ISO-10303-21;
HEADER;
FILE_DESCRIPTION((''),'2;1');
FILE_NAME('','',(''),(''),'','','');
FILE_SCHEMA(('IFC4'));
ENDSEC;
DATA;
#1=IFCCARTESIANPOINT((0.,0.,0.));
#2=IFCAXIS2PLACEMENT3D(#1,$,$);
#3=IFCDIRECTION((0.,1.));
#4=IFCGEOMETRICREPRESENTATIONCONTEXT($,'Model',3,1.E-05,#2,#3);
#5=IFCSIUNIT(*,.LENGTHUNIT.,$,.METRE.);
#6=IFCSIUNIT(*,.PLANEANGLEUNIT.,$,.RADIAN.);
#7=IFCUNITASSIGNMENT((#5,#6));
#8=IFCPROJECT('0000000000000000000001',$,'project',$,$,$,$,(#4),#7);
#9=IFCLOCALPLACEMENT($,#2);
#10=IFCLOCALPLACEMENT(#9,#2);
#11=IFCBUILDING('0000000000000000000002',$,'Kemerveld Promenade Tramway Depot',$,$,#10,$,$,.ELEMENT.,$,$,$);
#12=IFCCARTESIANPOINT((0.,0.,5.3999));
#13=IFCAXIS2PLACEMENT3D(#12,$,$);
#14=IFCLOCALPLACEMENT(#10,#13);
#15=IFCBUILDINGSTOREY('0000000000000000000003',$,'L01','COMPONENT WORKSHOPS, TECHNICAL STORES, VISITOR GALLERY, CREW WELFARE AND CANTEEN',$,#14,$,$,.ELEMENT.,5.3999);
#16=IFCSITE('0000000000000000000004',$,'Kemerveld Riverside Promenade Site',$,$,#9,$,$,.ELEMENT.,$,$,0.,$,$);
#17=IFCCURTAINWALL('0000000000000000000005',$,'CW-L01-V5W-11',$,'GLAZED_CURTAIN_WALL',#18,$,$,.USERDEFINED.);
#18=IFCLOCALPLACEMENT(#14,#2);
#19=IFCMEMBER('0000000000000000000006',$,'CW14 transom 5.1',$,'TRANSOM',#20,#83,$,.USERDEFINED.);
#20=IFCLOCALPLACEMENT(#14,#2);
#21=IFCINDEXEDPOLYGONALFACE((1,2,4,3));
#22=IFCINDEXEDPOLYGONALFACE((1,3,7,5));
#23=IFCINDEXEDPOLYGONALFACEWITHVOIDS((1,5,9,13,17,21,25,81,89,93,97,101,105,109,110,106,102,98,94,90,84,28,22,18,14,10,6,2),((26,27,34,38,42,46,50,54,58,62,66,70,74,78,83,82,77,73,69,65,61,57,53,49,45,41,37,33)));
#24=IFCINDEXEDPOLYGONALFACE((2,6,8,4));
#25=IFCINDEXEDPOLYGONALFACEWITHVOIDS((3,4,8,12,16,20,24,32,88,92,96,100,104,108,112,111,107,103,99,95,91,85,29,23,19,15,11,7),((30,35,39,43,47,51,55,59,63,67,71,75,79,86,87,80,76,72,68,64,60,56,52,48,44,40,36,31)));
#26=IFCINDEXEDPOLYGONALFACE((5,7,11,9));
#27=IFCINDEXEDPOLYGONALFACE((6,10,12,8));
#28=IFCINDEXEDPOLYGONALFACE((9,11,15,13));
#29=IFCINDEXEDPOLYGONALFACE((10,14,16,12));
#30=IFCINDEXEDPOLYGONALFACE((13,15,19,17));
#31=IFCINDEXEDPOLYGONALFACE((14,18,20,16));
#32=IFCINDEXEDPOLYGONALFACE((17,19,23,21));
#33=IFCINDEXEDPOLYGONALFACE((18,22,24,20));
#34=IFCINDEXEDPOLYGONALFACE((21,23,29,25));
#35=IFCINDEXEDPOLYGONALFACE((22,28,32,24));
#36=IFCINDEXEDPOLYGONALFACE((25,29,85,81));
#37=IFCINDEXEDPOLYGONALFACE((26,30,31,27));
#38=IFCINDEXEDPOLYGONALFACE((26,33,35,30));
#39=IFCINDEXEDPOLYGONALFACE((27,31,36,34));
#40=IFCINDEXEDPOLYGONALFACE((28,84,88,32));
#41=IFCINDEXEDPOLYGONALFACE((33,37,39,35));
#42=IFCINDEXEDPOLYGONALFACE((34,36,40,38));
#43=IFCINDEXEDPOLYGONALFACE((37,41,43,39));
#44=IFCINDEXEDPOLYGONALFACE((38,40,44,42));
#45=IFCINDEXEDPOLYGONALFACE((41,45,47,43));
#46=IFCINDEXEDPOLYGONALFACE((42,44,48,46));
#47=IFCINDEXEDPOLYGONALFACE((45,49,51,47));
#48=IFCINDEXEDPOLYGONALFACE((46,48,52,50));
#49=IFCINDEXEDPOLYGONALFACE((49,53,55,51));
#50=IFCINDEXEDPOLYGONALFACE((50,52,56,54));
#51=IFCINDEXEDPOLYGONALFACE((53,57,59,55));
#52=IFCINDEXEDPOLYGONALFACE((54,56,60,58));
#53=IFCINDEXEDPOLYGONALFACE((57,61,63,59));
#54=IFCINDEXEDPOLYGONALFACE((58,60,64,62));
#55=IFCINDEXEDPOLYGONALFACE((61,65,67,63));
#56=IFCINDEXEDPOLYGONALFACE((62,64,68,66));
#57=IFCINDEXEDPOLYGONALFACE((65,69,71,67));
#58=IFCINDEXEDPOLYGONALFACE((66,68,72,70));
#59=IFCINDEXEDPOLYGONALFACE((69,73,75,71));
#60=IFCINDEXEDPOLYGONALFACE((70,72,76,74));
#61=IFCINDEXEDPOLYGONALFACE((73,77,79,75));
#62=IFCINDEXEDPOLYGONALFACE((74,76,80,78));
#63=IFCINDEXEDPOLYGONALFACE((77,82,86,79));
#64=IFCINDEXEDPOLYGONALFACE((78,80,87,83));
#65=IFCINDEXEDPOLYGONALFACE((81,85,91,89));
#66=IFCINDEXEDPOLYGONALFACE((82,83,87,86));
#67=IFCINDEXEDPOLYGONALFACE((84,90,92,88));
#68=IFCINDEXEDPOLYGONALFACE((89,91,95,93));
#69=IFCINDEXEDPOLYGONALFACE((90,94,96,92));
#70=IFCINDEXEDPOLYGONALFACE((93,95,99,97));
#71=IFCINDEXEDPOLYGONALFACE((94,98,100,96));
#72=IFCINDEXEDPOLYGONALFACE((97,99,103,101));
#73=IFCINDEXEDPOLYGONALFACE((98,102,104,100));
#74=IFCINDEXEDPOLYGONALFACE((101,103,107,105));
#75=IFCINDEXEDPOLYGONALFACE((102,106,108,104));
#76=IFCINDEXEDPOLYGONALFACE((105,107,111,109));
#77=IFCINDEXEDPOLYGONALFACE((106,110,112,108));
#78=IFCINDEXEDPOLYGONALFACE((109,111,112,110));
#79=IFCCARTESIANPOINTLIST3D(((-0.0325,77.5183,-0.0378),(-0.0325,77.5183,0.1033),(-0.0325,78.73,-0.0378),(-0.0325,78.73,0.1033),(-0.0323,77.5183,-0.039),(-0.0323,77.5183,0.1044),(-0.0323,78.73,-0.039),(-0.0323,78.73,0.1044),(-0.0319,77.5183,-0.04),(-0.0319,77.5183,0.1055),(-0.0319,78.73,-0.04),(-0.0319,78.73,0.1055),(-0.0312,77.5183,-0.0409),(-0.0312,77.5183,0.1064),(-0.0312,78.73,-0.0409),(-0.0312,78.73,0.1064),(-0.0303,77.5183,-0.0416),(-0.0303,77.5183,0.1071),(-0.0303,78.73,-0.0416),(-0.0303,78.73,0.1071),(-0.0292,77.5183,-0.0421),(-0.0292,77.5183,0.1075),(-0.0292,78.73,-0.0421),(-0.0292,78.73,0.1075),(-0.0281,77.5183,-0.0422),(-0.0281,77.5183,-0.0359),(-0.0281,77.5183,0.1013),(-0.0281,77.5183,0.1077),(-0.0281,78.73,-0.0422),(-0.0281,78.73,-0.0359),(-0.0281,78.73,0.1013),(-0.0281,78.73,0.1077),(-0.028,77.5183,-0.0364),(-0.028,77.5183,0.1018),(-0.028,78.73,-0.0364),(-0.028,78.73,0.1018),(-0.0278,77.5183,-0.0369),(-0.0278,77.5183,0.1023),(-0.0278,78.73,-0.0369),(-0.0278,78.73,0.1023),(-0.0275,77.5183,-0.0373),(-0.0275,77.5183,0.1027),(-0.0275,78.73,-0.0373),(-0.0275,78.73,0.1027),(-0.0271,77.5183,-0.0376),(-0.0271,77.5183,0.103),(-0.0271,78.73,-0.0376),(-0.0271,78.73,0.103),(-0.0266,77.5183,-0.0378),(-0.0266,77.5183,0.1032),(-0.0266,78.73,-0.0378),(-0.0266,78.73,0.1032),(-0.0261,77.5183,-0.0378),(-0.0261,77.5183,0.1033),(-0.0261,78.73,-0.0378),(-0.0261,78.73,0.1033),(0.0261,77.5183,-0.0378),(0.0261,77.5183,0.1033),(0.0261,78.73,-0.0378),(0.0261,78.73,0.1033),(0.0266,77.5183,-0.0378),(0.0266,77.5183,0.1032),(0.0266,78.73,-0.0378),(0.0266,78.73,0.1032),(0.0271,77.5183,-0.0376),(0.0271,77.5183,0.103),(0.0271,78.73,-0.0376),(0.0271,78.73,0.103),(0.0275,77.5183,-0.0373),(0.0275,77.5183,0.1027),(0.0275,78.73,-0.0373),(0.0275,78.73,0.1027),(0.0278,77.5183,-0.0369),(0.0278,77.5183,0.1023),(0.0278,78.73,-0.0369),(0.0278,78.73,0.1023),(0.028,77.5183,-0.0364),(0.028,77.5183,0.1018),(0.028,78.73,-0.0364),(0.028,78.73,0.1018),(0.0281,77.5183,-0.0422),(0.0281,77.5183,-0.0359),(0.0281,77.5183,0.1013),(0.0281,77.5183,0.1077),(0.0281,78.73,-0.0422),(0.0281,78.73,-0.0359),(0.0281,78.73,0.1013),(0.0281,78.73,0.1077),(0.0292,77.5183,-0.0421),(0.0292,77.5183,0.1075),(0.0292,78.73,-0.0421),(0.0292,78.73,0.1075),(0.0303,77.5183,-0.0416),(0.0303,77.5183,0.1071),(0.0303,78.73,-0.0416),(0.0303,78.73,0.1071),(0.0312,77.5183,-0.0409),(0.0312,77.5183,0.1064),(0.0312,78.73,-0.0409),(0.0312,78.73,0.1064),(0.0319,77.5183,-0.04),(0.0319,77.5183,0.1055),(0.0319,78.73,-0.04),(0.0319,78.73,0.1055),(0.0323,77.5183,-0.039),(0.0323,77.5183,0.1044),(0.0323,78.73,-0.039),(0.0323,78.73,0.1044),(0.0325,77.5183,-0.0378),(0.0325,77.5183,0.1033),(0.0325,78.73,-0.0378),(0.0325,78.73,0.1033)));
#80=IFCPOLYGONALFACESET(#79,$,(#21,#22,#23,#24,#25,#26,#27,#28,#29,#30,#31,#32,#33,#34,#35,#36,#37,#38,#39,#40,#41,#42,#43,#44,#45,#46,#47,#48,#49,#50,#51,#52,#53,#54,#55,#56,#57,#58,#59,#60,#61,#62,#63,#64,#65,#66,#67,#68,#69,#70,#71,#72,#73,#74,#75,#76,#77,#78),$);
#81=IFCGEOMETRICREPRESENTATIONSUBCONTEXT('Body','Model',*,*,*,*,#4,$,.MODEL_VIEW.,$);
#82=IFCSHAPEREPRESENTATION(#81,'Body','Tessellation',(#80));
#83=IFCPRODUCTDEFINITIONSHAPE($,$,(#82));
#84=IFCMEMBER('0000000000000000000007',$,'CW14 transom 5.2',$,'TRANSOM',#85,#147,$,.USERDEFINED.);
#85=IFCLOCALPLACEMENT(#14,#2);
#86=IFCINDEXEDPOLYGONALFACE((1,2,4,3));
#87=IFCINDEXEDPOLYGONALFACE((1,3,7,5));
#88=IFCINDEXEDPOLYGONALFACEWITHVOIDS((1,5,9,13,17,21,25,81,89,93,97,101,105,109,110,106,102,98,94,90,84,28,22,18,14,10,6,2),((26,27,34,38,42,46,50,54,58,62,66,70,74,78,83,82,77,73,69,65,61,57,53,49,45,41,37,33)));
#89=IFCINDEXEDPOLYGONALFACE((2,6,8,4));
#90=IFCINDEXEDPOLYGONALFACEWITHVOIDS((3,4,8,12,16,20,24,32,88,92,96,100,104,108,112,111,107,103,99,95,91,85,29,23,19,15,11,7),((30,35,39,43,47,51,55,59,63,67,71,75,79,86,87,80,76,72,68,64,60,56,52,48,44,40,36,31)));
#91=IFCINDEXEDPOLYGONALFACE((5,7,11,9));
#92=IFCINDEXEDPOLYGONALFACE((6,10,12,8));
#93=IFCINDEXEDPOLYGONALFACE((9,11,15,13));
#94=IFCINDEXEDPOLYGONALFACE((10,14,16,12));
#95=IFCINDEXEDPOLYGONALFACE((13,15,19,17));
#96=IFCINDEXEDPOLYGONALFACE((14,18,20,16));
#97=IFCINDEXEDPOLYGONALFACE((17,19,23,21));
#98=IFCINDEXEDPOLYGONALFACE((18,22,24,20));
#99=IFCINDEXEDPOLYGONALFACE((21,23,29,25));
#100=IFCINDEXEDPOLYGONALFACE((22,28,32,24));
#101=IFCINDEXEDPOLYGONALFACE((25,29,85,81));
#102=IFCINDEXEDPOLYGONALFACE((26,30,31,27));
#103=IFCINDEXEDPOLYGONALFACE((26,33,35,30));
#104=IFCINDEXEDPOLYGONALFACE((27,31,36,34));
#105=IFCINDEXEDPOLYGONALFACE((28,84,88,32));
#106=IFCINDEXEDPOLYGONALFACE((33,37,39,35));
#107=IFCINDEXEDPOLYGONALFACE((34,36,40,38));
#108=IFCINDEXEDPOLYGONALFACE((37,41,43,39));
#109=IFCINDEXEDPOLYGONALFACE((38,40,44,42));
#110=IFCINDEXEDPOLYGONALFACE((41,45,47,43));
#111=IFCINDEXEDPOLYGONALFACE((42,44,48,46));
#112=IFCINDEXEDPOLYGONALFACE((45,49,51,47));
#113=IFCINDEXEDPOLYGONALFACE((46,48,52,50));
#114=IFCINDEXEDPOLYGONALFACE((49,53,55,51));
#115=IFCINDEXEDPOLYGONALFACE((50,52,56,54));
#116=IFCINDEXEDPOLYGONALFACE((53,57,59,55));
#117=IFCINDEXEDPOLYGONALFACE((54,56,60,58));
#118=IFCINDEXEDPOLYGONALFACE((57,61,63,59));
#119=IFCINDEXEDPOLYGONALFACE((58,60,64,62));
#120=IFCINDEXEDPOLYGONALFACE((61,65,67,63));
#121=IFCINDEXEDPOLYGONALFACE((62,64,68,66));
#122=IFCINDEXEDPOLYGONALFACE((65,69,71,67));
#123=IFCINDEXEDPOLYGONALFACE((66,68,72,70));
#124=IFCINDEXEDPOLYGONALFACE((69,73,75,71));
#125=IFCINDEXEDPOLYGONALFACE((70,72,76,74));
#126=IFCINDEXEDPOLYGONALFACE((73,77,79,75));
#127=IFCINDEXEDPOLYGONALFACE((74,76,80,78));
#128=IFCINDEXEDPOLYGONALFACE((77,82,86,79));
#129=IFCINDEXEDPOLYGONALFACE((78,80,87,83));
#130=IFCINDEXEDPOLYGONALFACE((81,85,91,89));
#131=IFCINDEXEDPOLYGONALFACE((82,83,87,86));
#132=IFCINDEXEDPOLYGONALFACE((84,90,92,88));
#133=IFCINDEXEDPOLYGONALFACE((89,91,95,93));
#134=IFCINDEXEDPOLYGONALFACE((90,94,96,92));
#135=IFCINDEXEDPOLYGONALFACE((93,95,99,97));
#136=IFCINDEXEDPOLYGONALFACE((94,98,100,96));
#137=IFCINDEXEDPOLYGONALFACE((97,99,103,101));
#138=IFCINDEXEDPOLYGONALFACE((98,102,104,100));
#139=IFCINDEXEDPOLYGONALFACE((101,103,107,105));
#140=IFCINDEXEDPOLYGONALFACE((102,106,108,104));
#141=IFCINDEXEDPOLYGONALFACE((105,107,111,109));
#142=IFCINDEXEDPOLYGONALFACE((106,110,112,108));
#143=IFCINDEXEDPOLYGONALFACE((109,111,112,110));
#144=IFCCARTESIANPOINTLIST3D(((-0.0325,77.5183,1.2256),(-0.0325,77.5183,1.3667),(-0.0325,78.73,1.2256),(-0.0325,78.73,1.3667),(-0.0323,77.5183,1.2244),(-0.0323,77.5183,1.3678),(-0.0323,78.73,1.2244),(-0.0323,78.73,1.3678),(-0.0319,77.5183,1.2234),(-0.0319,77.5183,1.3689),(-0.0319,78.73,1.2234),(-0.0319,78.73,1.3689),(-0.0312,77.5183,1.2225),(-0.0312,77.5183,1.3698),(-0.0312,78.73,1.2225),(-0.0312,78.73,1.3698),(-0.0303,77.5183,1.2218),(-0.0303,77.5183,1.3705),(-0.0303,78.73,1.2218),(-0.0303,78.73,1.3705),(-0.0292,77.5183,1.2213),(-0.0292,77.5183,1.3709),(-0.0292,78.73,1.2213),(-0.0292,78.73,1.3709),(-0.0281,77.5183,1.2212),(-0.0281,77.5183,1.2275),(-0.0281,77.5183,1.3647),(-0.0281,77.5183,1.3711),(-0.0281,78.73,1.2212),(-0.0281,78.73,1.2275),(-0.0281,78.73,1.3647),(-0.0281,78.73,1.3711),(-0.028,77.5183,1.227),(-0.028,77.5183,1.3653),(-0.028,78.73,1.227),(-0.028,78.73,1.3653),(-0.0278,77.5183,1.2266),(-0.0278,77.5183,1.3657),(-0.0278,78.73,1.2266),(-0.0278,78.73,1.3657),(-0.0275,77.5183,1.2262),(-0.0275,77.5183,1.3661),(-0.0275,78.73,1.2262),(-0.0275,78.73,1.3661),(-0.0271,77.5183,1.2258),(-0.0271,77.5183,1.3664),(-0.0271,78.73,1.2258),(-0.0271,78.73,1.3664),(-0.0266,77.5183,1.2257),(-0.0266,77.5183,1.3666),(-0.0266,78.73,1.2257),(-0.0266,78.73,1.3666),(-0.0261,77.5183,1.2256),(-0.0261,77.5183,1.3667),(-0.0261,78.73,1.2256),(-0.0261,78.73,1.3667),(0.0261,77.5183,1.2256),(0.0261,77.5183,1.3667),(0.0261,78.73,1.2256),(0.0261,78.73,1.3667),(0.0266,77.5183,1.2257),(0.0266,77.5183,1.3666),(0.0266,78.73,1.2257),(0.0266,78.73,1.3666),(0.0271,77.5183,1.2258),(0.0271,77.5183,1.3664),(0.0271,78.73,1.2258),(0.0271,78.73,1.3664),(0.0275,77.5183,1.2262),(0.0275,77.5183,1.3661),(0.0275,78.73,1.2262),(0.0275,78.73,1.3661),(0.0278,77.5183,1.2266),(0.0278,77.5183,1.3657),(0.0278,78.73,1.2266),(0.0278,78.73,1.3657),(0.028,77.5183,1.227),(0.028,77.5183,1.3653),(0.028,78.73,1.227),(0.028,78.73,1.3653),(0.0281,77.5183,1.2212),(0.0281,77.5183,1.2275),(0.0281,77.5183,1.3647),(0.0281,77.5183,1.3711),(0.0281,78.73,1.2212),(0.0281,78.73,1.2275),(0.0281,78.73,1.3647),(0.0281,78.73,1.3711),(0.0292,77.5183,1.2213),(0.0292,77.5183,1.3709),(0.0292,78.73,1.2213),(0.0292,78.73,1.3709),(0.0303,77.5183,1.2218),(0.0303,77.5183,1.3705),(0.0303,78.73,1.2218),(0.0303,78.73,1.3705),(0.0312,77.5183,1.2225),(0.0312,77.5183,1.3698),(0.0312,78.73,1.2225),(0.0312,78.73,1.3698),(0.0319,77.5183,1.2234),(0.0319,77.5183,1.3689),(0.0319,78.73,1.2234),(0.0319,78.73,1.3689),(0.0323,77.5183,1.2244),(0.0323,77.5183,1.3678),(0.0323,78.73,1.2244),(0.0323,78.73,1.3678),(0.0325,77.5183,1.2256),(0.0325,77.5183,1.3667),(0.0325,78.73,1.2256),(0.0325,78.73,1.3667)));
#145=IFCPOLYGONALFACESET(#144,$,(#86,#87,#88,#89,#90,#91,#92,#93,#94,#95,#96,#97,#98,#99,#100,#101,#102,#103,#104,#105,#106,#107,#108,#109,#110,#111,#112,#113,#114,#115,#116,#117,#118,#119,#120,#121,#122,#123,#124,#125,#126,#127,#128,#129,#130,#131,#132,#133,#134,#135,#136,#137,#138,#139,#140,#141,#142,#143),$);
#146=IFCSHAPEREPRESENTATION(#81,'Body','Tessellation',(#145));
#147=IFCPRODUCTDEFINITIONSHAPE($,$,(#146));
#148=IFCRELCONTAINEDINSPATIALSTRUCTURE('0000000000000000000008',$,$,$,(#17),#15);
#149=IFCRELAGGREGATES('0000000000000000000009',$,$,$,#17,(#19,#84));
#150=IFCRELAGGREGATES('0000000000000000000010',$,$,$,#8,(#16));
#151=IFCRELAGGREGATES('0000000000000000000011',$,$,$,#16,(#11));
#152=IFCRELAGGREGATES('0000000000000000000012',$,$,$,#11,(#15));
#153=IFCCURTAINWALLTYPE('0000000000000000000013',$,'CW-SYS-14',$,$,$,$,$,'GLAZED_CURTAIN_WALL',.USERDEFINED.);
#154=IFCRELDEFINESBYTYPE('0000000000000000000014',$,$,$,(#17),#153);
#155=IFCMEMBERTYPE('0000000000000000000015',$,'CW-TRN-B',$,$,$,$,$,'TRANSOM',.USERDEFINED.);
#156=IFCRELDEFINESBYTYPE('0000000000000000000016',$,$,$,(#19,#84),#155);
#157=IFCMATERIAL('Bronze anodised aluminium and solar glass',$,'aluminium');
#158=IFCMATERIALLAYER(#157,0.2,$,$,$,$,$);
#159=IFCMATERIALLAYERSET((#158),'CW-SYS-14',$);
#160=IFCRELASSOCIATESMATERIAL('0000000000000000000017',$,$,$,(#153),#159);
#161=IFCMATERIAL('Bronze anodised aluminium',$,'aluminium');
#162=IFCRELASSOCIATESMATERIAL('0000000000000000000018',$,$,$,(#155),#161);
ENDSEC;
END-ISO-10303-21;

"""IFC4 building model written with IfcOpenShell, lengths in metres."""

from ifc_helpers import new_model, si_unit, direction, frame, origin, origin_2d, place, context, subcontext, project, spatial, hollow_rectangle, extrude, material, layer, layer_set, material_profile, profile_set, type_object, element, aggregate, save


model = new_model("IFC4")

# Units and contexts
model_context = context("Model", 3, precision=1e-05, world=origin(), true_north=direction((0.0, 1.0)))
body_context = subcontext(model_context, "Body", "Model", "MODEL_VIEW")
ifc_project = project(units=[si_unit("LENGTHUNIT", "METRE"), si_unit("PLANEANGLEUNIT", "RADIAN")], contexts=[model_context])

# Site, building, storey
site_placement = place(None, origin())
site = spatial("IfcSite", under=ifc_project, at=site_placement, Name="Kemerveld Riverside Promenade Site", CompositionType="ELEMENT", RefElevation=0.0)
building_placement = place(site_placement, origin())
building = spatial("IfcBuilding", under=site, at=building_placement, Name="Kemerveld Promenade Tramway Depot", CompositionType="ELEMENT")
storey_placement = place(building_placement, frame((0.0, 0.0, 5.3999)))
storey = spatial("IfcBuildingStorey", under=building, at=storey_placement, Name="L01", Description="COMPONENT WORKSHOPS, TECHNICAL STORES, VISITOR GALLERY, CREW WELFARE AND CANTEEN", CompositionType="ELEMENT", Elevation=5.3999)

# Curtain wall
ifc_material_1 = material(Name="Bronze anodised aluminium and solar glass", Category="aluminium")
ifc_layer_1 = layer(ifc_material_1, 0.2)
ifc_layer_set_1 = layer_set([ifc_layer_1], Name="CW-SYS-14")
curtain_wall_type_1 = type_object("IfcCurtainWallType", Name="CW-SYS-14", ElementType="GLAZED_CURTAIN_WALL", PredefinedType="USERDEFINED", material=ifc_layer_set_1)
curtain_wall_1_placement = place(storey_placement, origin())
curtain_wall_1 = element("IfcCurtainWall", 1, at=curtain_wall_1_placement, inside=storey, type_object=curtain_wall_type_1, Name="CW-L01-V5W-11", ObjectType="GLAZED_CURTAIN_WALL", PredefinedType="USERDEFINED")
ifc_material_2 = material(Name="Bronze anodised aluminium", Category="aluminium")

# Members
ifc_material_profile_1 = material_profile(ifc_material_2, hollow_rectangle(XDim=0.0649, YDim=0.1499, WallThickness=0.0044, InnerFilletRadius=0.002, OuterFilletRadius=0.0044, at=origin_2d()), Name="CW-TRN-150x65")
ifc_profile_set_1 = profile_set([ifc_material_profile_1], Name="Bronze anodised aluminium")
member_type_1 = type_object("IfcMemberType", Name="CW-TRN-B", ElementType="TRANSOM", PredefinedType="USERDEFINED", material=ifc_profile_set_1)
member_1_placement = place(storey_placement, frame((0.0, 77.5183, 0.0327), z_axis=(0.0, 1.0, 0.0), x_axis=(-1.0, 0.0, 0.0)))
member_1 = element("IfcMember", 2, at=member_1_placement, type_object=member_type_1, Name="CW14 transom 5.1", ObjectType="TRANSOM", PredefinedType="USERDEFINED", context=body_context, shape_type="SweptSolid", body=[
    extrude(hollow_rectangle(XDim=0.0649, YDim=0.1499, WallThickness=0.0044, InnerFilletRadius=0.002, OuterFilletRadius=0.0044, at=origin_2d()), origin(), (0.0, 0.0, 1.0), 1.2117),
])
member_2_placement = place(storey_placement, frame((0.0, 77.5183, 1.2961), z_axis=(0.0, 1.0, 0.0), x_axis=(-1.0, 0.0, 0.0)))
member_2 = element("IfcMember", 3, at=member_2_placement, type_object=member_type_1, Name="CW14 transom 5.2", ObjectType="TRANSOM", PredefinedType="USERDEFINED", context=body_context, shape_type="SweptSolid", body=[
    extrude(hollow_rectangle(XDim=0.0649, YDim=0.1499, WallThickness=0.0044, InnerFilletRadius=0.002, OuterFilletRadius=0.0044, at=origin_2d()), origin(), (0.0, 0.0, 1.0), 1.2117),
])

aggregate(curtain_wall_1, [member_1, member_2])

save(model, "model.ifc")
